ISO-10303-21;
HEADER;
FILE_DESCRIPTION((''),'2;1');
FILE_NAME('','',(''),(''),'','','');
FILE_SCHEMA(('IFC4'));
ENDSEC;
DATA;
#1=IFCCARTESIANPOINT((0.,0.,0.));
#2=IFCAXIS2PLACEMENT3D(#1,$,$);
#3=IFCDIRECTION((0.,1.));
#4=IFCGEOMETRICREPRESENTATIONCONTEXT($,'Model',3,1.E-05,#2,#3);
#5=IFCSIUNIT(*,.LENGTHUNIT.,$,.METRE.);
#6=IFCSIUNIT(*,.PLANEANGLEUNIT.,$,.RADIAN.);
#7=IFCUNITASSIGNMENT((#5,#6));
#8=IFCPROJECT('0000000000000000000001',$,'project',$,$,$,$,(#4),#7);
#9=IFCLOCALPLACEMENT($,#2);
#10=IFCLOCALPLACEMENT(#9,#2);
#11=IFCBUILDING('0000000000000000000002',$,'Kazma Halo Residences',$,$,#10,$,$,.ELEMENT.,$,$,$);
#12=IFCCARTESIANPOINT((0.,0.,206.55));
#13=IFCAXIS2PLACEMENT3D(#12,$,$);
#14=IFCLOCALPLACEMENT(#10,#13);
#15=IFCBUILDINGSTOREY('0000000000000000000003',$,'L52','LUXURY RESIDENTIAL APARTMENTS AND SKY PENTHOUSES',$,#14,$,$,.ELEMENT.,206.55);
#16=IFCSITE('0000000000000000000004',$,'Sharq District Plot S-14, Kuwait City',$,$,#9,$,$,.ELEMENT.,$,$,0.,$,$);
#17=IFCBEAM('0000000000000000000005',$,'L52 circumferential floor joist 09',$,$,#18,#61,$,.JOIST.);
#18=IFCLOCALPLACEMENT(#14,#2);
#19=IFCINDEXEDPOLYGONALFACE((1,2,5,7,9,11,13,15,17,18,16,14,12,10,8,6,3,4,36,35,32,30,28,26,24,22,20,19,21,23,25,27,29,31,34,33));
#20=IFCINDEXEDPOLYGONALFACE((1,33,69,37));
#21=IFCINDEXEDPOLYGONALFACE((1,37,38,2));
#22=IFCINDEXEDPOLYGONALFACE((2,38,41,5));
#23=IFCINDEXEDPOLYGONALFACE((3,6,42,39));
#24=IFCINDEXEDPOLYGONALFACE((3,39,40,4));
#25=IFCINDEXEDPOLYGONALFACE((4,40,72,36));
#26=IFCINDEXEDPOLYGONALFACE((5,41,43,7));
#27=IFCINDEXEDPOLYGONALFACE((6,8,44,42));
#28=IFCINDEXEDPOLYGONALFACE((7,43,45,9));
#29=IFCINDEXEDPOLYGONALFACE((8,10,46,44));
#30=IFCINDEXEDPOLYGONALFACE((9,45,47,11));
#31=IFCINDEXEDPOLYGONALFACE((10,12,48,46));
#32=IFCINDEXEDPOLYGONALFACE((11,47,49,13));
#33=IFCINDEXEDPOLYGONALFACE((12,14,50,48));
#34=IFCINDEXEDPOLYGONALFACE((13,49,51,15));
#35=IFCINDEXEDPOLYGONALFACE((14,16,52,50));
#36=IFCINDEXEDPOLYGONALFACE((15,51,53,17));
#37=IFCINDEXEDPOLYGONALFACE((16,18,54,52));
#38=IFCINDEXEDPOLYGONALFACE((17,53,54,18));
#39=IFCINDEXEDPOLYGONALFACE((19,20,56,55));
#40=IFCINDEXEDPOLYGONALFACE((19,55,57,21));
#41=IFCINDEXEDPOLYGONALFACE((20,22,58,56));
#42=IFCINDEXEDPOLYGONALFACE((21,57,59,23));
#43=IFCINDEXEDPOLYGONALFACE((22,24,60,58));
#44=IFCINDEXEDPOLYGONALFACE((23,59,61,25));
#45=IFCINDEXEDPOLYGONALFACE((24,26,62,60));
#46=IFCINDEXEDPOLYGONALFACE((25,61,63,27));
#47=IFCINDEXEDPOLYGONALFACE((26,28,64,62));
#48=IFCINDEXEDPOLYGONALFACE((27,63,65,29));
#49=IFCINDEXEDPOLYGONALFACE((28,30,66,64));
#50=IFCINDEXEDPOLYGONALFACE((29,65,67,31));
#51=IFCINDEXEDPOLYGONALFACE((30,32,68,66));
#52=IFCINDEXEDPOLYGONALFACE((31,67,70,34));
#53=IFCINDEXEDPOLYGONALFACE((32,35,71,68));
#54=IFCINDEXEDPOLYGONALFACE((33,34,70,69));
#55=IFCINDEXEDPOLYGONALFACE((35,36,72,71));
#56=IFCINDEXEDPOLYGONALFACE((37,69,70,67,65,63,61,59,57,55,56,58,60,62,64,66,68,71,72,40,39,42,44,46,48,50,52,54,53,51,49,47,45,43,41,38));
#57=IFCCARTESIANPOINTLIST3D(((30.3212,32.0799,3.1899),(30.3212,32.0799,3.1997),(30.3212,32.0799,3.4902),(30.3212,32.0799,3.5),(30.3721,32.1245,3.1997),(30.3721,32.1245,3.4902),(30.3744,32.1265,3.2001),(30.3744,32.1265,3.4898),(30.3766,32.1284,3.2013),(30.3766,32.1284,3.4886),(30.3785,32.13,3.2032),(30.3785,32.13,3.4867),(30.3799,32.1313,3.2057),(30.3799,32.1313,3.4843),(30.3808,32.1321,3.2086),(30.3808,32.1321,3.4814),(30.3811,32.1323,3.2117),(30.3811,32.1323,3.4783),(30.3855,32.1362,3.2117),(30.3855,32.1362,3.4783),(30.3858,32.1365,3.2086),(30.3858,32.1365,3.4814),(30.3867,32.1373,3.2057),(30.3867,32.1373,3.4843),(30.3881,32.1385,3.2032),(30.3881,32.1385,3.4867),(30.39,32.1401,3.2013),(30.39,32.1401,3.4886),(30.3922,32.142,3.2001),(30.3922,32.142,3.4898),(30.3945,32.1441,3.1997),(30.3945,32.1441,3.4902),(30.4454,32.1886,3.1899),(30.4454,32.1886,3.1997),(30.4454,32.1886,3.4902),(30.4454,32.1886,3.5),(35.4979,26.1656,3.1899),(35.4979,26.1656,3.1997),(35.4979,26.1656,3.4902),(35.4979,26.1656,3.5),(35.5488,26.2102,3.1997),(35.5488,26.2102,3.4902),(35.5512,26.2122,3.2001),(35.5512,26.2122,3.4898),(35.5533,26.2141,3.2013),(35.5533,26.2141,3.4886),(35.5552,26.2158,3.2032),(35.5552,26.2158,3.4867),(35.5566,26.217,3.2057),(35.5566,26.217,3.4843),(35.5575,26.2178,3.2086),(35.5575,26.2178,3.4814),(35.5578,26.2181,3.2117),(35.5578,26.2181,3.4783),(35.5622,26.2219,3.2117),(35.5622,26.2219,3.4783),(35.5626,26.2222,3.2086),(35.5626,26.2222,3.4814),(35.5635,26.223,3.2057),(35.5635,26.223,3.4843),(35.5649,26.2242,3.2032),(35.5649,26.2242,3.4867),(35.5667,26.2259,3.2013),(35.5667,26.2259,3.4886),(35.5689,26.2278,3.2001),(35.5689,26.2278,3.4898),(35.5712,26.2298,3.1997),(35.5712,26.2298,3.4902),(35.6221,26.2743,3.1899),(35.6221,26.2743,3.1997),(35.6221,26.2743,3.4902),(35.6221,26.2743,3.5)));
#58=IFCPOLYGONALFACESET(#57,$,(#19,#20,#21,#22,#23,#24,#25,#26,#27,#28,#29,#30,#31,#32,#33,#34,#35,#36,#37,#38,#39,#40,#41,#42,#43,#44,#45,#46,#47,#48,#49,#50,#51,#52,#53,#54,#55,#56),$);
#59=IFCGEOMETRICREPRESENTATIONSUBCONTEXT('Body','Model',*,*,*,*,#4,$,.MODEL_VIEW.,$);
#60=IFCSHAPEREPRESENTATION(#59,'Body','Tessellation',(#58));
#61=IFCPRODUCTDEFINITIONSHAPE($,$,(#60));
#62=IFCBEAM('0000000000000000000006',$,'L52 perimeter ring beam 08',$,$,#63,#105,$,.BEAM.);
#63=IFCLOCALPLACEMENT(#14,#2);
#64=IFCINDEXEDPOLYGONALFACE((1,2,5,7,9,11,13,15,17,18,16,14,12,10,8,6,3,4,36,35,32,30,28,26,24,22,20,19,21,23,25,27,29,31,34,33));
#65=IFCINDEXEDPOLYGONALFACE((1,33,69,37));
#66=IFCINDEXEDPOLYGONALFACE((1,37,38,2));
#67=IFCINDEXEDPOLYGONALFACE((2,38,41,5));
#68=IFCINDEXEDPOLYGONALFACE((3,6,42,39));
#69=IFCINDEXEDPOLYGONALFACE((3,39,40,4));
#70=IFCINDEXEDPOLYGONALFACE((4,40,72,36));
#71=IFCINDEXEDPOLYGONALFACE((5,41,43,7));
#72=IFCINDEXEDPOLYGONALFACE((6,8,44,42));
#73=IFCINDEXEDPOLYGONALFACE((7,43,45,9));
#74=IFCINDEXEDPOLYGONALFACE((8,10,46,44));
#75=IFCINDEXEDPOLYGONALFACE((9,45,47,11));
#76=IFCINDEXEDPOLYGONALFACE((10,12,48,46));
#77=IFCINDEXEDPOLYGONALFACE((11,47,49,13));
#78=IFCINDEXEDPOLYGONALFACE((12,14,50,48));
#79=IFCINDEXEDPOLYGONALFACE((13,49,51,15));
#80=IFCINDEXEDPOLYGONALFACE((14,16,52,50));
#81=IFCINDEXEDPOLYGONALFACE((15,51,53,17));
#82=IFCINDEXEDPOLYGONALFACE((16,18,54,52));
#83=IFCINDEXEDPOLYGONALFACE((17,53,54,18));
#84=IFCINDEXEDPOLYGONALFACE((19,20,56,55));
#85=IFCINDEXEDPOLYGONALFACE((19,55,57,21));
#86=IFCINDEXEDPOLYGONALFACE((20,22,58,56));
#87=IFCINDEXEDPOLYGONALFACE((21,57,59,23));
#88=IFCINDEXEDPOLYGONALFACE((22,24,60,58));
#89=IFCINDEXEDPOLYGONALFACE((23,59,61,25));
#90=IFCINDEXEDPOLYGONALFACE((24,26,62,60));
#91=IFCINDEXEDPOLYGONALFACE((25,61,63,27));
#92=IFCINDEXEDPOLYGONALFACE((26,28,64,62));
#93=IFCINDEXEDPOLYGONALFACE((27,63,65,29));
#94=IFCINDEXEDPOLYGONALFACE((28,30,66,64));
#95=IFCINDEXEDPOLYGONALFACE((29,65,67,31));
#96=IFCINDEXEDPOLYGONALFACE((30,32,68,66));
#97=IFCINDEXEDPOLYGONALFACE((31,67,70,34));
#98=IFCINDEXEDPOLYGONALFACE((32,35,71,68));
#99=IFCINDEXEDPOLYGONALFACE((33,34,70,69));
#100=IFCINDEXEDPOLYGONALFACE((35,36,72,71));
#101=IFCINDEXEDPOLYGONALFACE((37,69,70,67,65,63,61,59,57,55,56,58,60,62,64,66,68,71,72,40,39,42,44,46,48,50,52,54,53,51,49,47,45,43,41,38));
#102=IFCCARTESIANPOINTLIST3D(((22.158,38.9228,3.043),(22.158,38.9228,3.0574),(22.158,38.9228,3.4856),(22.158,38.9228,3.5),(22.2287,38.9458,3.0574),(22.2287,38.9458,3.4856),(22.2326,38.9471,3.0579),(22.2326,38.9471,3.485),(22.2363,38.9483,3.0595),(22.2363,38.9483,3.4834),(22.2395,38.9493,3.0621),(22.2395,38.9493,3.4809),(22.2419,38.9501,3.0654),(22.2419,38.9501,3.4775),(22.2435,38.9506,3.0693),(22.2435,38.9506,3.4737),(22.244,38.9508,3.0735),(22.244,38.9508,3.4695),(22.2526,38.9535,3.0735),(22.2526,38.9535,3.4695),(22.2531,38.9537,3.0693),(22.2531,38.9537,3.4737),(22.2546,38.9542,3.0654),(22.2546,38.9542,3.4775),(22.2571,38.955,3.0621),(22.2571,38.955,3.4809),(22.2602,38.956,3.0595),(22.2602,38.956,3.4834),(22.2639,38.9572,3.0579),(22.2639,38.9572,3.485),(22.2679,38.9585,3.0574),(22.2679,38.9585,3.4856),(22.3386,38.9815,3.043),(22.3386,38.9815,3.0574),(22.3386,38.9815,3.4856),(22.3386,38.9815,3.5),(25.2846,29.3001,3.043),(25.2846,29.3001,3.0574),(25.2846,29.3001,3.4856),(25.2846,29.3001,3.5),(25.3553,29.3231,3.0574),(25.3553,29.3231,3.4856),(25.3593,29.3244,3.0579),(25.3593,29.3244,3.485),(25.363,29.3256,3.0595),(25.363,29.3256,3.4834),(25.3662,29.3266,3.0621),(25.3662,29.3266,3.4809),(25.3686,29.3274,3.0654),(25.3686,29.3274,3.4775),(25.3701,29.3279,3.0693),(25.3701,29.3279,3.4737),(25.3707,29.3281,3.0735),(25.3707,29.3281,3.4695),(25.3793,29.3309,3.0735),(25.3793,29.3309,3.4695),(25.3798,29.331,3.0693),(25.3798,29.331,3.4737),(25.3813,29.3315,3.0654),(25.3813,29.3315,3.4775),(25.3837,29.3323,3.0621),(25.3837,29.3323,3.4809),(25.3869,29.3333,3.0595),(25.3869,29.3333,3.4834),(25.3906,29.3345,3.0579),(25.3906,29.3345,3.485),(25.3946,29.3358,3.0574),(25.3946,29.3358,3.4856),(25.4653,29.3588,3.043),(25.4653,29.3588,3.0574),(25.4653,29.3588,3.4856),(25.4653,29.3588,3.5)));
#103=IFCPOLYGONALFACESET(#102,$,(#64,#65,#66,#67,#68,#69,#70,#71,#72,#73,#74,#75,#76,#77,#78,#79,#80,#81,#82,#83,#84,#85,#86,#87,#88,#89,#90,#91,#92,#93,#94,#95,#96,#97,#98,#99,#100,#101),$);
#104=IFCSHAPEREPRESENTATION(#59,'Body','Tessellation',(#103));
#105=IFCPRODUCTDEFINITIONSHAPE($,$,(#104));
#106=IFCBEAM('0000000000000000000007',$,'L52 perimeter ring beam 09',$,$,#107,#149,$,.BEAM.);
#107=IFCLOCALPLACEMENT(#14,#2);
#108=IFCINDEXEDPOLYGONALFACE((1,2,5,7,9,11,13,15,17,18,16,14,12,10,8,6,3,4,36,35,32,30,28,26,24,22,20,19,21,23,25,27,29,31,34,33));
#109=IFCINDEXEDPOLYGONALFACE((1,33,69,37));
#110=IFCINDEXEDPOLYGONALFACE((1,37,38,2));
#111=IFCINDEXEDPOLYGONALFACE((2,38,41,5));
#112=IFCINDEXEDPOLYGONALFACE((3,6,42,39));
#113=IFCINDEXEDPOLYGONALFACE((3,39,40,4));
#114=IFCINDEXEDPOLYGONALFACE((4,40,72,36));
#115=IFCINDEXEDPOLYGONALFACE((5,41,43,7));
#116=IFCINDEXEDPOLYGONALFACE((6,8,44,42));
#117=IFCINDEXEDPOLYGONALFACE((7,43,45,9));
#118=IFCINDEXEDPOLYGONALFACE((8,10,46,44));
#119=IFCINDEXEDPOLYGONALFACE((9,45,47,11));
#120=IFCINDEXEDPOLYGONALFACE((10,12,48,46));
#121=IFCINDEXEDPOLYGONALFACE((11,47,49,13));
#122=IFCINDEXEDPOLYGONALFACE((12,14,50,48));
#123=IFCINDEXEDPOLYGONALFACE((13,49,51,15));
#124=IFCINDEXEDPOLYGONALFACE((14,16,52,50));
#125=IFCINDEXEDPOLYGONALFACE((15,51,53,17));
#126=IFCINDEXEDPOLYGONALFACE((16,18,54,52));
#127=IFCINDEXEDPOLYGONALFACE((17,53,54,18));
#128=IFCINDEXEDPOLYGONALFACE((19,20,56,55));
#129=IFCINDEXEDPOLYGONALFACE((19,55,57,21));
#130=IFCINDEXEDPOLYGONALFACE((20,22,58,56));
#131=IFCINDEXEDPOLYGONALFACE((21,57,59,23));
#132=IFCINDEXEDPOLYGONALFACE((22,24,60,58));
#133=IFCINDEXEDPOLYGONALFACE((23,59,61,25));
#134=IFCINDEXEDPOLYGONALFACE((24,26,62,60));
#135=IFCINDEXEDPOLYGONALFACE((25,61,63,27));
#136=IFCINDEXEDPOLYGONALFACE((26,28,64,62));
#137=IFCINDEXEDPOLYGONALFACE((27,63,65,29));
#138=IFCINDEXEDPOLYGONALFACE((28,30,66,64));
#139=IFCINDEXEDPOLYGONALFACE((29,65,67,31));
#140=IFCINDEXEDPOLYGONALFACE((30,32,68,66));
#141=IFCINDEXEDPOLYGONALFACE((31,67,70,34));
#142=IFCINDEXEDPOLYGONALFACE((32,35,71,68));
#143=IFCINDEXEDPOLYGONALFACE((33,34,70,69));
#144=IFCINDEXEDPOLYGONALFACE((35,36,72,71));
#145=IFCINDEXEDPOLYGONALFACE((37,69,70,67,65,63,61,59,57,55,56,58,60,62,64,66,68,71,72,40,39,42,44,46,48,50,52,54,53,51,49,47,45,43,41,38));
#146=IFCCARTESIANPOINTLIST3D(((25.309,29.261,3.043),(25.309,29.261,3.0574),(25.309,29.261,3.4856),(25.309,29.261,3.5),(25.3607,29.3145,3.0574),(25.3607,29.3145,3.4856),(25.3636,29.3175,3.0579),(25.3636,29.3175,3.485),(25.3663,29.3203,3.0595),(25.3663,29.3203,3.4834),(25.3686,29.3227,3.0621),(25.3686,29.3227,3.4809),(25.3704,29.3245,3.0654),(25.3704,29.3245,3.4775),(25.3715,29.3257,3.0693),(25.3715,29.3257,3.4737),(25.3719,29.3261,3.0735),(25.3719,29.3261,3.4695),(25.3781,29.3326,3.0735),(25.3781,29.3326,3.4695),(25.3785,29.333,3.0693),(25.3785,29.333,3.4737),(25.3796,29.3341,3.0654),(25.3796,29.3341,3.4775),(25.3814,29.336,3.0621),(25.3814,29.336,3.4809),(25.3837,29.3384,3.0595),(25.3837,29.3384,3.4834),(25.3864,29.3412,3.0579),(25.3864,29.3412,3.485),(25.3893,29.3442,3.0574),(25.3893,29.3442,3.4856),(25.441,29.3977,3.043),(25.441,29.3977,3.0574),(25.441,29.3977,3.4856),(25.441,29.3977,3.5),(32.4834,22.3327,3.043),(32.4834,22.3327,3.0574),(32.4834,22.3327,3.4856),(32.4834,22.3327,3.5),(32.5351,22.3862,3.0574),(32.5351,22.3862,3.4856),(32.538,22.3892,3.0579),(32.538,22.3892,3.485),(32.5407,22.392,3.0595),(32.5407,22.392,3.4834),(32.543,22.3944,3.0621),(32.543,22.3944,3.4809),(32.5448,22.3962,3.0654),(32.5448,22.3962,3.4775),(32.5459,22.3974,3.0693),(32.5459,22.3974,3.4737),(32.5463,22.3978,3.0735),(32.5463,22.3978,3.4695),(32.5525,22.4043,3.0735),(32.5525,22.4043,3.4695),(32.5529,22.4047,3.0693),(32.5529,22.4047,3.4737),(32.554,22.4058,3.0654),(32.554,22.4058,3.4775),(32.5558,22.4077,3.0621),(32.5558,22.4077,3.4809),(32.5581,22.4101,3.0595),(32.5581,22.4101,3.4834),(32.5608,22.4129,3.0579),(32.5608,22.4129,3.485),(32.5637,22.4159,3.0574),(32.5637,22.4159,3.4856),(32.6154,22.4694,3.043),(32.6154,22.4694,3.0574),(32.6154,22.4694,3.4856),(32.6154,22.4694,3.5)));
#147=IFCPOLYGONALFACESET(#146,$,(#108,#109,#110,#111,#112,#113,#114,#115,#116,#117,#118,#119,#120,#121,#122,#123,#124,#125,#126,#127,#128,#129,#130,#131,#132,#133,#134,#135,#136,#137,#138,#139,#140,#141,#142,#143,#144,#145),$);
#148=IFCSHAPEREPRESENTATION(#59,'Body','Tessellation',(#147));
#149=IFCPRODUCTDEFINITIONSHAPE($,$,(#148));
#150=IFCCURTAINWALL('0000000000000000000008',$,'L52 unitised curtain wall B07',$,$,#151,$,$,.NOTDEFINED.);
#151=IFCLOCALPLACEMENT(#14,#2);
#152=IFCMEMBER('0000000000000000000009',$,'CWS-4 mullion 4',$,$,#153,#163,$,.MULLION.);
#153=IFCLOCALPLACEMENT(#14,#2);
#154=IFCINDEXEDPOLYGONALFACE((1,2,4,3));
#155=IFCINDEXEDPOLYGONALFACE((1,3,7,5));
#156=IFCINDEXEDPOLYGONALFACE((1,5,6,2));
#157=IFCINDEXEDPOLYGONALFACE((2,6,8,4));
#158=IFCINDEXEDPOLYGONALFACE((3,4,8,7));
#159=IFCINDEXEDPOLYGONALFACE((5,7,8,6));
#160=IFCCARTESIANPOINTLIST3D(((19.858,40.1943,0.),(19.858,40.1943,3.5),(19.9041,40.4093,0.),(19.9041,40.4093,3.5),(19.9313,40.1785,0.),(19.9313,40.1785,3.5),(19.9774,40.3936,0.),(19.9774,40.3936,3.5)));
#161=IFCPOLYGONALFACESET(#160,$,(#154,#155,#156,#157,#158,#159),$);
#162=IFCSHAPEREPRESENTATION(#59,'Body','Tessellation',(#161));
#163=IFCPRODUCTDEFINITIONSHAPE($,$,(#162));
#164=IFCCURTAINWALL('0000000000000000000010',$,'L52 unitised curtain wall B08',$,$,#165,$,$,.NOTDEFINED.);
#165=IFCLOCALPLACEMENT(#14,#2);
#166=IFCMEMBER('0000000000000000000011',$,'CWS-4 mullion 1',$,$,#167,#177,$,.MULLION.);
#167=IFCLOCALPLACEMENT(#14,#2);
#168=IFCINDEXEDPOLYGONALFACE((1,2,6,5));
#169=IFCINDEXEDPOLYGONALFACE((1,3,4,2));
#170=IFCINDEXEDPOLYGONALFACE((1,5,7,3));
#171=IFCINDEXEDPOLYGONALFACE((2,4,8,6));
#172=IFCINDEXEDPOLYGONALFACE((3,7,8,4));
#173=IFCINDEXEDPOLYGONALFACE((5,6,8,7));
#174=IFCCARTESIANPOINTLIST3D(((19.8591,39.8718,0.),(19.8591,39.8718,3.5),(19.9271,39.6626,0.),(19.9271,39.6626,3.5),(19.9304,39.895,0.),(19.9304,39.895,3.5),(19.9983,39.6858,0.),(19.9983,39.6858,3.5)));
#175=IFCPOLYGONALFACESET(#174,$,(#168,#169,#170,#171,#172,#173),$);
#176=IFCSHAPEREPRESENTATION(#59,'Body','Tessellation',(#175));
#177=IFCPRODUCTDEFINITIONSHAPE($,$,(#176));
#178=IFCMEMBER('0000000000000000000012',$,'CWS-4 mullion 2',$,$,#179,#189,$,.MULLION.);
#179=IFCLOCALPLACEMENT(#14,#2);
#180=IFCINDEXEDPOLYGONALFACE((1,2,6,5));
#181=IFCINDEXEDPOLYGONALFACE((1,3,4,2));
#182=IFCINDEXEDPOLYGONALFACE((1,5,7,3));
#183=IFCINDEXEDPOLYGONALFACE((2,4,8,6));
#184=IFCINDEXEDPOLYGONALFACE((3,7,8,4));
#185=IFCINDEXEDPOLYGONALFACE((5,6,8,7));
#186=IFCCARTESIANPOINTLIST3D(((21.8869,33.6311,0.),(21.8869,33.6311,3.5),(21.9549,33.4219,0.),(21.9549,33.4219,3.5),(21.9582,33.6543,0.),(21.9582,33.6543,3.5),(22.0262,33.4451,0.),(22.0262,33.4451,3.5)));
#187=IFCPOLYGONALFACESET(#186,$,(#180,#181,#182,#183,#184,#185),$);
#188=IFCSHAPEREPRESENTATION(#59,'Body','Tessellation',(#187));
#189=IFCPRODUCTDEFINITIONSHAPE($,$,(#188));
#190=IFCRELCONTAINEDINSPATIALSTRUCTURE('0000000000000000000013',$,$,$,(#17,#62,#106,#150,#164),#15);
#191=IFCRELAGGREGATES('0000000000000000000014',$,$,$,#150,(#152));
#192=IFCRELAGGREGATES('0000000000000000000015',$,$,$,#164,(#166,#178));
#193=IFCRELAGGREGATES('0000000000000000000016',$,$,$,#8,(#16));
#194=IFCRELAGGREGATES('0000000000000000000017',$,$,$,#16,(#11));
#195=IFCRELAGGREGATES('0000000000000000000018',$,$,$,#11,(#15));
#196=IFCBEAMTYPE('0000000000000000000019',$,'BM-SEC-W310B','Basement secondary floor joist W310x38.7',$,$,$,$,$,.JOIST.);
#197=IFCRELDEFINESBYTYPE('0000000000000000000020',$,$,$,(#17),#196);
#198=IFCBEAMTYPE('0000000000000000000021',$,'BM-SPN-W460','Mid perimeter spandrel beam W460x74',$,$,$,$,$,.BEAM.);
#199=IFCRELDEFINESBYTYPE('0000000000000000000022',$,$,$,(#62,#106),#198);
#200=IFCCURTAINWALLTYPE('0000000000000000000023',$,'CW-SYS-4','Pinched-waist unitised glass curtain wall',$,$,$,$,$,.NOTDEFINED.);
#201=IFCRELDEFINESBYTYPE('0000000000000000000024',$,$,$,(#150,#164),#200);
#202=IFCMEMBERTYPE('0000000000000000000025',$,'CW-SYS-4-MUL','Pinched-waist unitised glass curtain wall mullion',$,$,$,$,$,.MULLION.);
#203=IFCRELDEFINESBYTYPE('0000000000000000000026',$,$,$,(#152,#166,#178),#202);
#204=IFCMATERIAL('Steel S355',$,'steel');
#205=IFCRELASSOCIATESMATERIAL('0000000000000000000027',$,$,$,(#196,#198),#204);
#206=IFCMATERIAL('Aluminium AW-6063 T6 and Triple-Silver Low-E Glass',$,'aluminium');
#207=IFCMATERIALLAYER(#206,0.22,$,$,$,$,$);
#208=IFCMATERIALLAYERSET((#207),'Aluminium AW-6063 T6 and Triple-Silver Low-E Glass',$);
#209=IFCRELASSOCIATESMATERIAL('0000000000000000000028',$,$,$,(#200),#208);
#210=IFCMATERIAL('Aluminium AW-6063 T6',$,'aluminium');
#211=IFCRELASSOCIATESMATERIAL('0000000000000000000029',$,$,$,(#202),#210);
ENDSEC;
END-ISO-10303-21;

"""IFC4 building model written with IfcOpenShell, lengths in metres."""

from ifc_helpers import new_model, si_unit, direction, frame, origin, origin_2d, place, context, subcontext, project, spatial, rectangle, i_section, extrude, material, layer, layer_set, material_profile, profile_set, type_object, element, aggregate, save


model = new_model("IFC4")

# Units and contexts
model_context = context("Model", 3, precision=1e-05, world=origin(), true_north=direction((0.0, 1.0)))
body_context = subcontext(model_context, "Body", "Model", "MODEL_VIEW")
ifc_project = project(units=[si_unit("LENGTHUNIT", "METRE"), si_unit("PLANEANGLEUNIT", "RADIAN")], contexts=[model_context])

# Site, building, storey
site_placement = place(None, origin())
site = spatial("IfcSite", under=ifc_project, at=site_placement, Name="Sharq District Plot S-14, Kuwait City", CompositionType="ELEMENT", RefElevation=0.0)
building_placement = place(site_placement, origin())
building = spatial("IfcBuilding", under=site, at=building_placement, Name="Kazma Halo Residences", CompositionType="ELEMENT")
storey_placement = place(building_placement, frame((0.0, 0.0, 206.55)))
storey = spatial("IfcBuildingStorey", under=building, at=storey_placement, Name="L52", Description="LUXURY RESIDENTIAL APARTMENTS AND SKY PENTHOUSES", CompositionType="ELEMENT", Elevation=206.55)

# Beams
ifc_material_1 = material(Name="Steel S355", Category="steel")
ifc_material_profile_1 = material_profile(ifc_material_1, i_section(OverallWidth=0.165, OverallDepth=0.3101, WebThickness=0.0059, FlangeThickness=0.0098, FilletRadius=0.012, at=origin_2d()), Name="W310x38.7")
ifc_profile_set_1 = profile_set([ifc_material_profile_1], Name="Steel S355")
beam_type_1 = type_object("IfcBeamType", Name="BM-SEC-W310B", Description="Basement secondary floor joist W310x38.7", PredefinedType="JOIST", material=ifc_profile_set_1)
beam_1_placement = place(storey_placement, frame((30.3833, 32.1343, 3.345), z_axis=(0.65863, -0.752467, 0.0), x_axis=(0.752467, 0.65863, 0.0)))
element("IfcBeam", 1, at=beam_1_placement, inside=storey, type_object=beam_type_1, Name="L52 circumferential floor joist 09", PredefinedType="JOIST", context=body_context, shape_type="SweptSolid", body=[
    extrude(i_section(OverallWidth=0.165, OverallDepth=0.3101, WebThickness=0.0059, FlangeThickness=0.0098, FilletRadius=0.012, at=origin_2d()), origin(), (0.0, 0.0, 1.0), 7.8599),
])
ifc_material_profile_2 = material_profile(ifc_material_1, i_section(OverallWidth=0.1899, OverallDepth=0.457, WebThickness=0.009, FlangeThickness=0.0144, FilletRadius=0.0161, at=origin_2d()), Name="W460x74")
ifc_profile_set_2 = profile_set([ifc_material_profile_2], Name="Steel S355")
beam_type_2 = type_object("IfcBeamType", Name="BM-SPN-W460", Description="Mid perimeter spandrel beam W460x74", PredefinedType="BEAM", material=ifc_profile_set_2)
beam_2_placement = place(storey_placement, frame((22.2483, 38.9521, 3.2715), z_axis=(0.309023, -0.951054, 0.0), x_axis=(0.951054, 0.309023, 0.0)))
element("IfcBeam", 2, at=beam_2_placement, inside=storey, type_object=beam_type_2, Name="L52 perimeter ring beam 08", PredefinedType="BEAM", context=body_context, shape_type="SweptSolid", body=[
    extrude(i_section(OverallWidth=0.1899, OverallDepth=0.457, WebThickness=0.009, FlangeThickness=0.0144, FilletRadius=0.0161, at=origin_2d()), origin(), (0.0, 0.0, 1.0), 10.1179),
])
beam_3_placement = place(storey_placement, frame((25.375, 29.3293, 3.2715), z_axis=(0.719337, -0.694662, 0.0), x_axis=(0.694662, 0.719337, 0.0)))
element("IfcBeam", 3, at=beam_3_placement, inside=storey, type_object=beam_type_2, Name="L52 perimeter ring beam 09", PredefinedType="BEAM", context=body_context, shape_type="SweptSolid", body=[
    extrude(i_section(OverallWidth=0.1899, OverallDepth=0.457, WebThickness=0.009, FlangeThickness=0.0144, FilletRadius=0.0161, at=origin_2d()), origin(), (0.0, 0.0, 1.0), 9.9736),
])

# Curtain wall, member
ifc_material_2 = material(Name="Aluminium AW-6063 T6 and Triple-Silver Low-E Glass", Category="aluminium")
ifc_layer_1 = layer(ifc_material_2, 0.22)
ifc_layer_set_1 = layer_set([ifc_layer_1], Name="Aluminium AW-6063 T6 and Triple-Silver Low-E Glass")
curtain_wall_type = type_object("IfcCurtainWallType", Name="CW-SYS-4", Description="Pinched-waist unitised glass curtain wall", PredefinedType="NOTDEFINED", material=ifc_layer_set_1)
curtain_wall_1_placement = place(storey_placement, origin())
curtain_wall_1 = element("IfcCurtainWall", 4, at=curtain_wall_1_placement, inside=storey, type_object=curtain_wall_type, Name="L52 unitised curtain wall B07", PredefinedType="NOTDEFINED")
ifc_material_3 = material(Name="Aluminium AW-6063 T6", Category="aluminium")
ifc_material_profile_3 = material_profile(ifc_material_3, rectangle(XDim=0.075, YDim=0.22, at=origin_2d()), Name="CWM-75x220")
ifc_profile_set_3 = profile_set([ifc_material_profile_3], Name="Aluminium AW-6063 T6")
member_type_1 = type_object("IfcMemberType", Name="CW-SYS-4-MUL", Description="Pinched-waist unitised glass curtain wall mullion", PredefinedType="MULLION", material=ifc_profile_set_3)
member_1_placement = place(storey_placement, frame((19.9177, 40.2939, 0.0), z_axis=(0.0, 0.0, 1.0), x_axis=(0.977768, -0.20969, 0.0)))
member_1 = element("IfcMember", 5, at=member_1_placement, type_object=member_type_1, Name="CWS-4 mullion 4", PredefinedType="MULLION", context=body_context, shape_type="SweptSolid", body=[
    extrude(rectangle(XDim=0.075, YDim=0.22, at=origin_2d()), origin(), (0.0, 0.0, 1.0), 3.5),
])
aggregate(curtain_wall_1, [member_1])

# Curtain wall, members
curtain_wall_2_placement = place(storey_placement, origin())
curtain_wall_2 = element("IfcCurtainWall", 6, at=curtain_wall_2_placement, inside=storey, type_object=curtain_wall_type, Name="L52 unitised curtain wall B08", PredefinedType="NOTDEFINED")
member_2_placement = place(storey_placement, frame((19.9287, 39.7788, 0.0), z_axis=(0.0, 0.0, 1.0), x_axis=(0.951057, 0.309016, 0.0)))
member_2 = element("IfcMember", 7, at=member_2_placement, type_object=member_type_1, Name="CWS-4 mullion 1", PredefinedType="MULLION", context=body_context, shape_type="SweptSolid", body=[
    extrude(rectangle(XDim=0.075, YDim=0.22, at=origin_2d()), origin(), (0.0, 0.0, 1.0), 3.5),
])
member_3_placement = place(storey_placement, frame((21.9565, 33.5381, 0.0), z_axis=(0.0, 0.0, 1.0), x_axis=(0.951057, 0.309016, 0.0)))
member_3 = element("IfcMember", 8, at=member_3_placement, type_object=member_type_1, Name="CWS-4 mullion 2", PredefinedType="MULLION", context=body_context, shape_type="SweptSolid", body=[
    extrude(rectangle(XDim=0.075, YDim=0.22, at=origin_2d()), origin(), (0.0, 0.0, 1.0), 3.5),
])

aggregate(curtain_wall_2, [member_2, member_3])

save(model, "model.ifc")
